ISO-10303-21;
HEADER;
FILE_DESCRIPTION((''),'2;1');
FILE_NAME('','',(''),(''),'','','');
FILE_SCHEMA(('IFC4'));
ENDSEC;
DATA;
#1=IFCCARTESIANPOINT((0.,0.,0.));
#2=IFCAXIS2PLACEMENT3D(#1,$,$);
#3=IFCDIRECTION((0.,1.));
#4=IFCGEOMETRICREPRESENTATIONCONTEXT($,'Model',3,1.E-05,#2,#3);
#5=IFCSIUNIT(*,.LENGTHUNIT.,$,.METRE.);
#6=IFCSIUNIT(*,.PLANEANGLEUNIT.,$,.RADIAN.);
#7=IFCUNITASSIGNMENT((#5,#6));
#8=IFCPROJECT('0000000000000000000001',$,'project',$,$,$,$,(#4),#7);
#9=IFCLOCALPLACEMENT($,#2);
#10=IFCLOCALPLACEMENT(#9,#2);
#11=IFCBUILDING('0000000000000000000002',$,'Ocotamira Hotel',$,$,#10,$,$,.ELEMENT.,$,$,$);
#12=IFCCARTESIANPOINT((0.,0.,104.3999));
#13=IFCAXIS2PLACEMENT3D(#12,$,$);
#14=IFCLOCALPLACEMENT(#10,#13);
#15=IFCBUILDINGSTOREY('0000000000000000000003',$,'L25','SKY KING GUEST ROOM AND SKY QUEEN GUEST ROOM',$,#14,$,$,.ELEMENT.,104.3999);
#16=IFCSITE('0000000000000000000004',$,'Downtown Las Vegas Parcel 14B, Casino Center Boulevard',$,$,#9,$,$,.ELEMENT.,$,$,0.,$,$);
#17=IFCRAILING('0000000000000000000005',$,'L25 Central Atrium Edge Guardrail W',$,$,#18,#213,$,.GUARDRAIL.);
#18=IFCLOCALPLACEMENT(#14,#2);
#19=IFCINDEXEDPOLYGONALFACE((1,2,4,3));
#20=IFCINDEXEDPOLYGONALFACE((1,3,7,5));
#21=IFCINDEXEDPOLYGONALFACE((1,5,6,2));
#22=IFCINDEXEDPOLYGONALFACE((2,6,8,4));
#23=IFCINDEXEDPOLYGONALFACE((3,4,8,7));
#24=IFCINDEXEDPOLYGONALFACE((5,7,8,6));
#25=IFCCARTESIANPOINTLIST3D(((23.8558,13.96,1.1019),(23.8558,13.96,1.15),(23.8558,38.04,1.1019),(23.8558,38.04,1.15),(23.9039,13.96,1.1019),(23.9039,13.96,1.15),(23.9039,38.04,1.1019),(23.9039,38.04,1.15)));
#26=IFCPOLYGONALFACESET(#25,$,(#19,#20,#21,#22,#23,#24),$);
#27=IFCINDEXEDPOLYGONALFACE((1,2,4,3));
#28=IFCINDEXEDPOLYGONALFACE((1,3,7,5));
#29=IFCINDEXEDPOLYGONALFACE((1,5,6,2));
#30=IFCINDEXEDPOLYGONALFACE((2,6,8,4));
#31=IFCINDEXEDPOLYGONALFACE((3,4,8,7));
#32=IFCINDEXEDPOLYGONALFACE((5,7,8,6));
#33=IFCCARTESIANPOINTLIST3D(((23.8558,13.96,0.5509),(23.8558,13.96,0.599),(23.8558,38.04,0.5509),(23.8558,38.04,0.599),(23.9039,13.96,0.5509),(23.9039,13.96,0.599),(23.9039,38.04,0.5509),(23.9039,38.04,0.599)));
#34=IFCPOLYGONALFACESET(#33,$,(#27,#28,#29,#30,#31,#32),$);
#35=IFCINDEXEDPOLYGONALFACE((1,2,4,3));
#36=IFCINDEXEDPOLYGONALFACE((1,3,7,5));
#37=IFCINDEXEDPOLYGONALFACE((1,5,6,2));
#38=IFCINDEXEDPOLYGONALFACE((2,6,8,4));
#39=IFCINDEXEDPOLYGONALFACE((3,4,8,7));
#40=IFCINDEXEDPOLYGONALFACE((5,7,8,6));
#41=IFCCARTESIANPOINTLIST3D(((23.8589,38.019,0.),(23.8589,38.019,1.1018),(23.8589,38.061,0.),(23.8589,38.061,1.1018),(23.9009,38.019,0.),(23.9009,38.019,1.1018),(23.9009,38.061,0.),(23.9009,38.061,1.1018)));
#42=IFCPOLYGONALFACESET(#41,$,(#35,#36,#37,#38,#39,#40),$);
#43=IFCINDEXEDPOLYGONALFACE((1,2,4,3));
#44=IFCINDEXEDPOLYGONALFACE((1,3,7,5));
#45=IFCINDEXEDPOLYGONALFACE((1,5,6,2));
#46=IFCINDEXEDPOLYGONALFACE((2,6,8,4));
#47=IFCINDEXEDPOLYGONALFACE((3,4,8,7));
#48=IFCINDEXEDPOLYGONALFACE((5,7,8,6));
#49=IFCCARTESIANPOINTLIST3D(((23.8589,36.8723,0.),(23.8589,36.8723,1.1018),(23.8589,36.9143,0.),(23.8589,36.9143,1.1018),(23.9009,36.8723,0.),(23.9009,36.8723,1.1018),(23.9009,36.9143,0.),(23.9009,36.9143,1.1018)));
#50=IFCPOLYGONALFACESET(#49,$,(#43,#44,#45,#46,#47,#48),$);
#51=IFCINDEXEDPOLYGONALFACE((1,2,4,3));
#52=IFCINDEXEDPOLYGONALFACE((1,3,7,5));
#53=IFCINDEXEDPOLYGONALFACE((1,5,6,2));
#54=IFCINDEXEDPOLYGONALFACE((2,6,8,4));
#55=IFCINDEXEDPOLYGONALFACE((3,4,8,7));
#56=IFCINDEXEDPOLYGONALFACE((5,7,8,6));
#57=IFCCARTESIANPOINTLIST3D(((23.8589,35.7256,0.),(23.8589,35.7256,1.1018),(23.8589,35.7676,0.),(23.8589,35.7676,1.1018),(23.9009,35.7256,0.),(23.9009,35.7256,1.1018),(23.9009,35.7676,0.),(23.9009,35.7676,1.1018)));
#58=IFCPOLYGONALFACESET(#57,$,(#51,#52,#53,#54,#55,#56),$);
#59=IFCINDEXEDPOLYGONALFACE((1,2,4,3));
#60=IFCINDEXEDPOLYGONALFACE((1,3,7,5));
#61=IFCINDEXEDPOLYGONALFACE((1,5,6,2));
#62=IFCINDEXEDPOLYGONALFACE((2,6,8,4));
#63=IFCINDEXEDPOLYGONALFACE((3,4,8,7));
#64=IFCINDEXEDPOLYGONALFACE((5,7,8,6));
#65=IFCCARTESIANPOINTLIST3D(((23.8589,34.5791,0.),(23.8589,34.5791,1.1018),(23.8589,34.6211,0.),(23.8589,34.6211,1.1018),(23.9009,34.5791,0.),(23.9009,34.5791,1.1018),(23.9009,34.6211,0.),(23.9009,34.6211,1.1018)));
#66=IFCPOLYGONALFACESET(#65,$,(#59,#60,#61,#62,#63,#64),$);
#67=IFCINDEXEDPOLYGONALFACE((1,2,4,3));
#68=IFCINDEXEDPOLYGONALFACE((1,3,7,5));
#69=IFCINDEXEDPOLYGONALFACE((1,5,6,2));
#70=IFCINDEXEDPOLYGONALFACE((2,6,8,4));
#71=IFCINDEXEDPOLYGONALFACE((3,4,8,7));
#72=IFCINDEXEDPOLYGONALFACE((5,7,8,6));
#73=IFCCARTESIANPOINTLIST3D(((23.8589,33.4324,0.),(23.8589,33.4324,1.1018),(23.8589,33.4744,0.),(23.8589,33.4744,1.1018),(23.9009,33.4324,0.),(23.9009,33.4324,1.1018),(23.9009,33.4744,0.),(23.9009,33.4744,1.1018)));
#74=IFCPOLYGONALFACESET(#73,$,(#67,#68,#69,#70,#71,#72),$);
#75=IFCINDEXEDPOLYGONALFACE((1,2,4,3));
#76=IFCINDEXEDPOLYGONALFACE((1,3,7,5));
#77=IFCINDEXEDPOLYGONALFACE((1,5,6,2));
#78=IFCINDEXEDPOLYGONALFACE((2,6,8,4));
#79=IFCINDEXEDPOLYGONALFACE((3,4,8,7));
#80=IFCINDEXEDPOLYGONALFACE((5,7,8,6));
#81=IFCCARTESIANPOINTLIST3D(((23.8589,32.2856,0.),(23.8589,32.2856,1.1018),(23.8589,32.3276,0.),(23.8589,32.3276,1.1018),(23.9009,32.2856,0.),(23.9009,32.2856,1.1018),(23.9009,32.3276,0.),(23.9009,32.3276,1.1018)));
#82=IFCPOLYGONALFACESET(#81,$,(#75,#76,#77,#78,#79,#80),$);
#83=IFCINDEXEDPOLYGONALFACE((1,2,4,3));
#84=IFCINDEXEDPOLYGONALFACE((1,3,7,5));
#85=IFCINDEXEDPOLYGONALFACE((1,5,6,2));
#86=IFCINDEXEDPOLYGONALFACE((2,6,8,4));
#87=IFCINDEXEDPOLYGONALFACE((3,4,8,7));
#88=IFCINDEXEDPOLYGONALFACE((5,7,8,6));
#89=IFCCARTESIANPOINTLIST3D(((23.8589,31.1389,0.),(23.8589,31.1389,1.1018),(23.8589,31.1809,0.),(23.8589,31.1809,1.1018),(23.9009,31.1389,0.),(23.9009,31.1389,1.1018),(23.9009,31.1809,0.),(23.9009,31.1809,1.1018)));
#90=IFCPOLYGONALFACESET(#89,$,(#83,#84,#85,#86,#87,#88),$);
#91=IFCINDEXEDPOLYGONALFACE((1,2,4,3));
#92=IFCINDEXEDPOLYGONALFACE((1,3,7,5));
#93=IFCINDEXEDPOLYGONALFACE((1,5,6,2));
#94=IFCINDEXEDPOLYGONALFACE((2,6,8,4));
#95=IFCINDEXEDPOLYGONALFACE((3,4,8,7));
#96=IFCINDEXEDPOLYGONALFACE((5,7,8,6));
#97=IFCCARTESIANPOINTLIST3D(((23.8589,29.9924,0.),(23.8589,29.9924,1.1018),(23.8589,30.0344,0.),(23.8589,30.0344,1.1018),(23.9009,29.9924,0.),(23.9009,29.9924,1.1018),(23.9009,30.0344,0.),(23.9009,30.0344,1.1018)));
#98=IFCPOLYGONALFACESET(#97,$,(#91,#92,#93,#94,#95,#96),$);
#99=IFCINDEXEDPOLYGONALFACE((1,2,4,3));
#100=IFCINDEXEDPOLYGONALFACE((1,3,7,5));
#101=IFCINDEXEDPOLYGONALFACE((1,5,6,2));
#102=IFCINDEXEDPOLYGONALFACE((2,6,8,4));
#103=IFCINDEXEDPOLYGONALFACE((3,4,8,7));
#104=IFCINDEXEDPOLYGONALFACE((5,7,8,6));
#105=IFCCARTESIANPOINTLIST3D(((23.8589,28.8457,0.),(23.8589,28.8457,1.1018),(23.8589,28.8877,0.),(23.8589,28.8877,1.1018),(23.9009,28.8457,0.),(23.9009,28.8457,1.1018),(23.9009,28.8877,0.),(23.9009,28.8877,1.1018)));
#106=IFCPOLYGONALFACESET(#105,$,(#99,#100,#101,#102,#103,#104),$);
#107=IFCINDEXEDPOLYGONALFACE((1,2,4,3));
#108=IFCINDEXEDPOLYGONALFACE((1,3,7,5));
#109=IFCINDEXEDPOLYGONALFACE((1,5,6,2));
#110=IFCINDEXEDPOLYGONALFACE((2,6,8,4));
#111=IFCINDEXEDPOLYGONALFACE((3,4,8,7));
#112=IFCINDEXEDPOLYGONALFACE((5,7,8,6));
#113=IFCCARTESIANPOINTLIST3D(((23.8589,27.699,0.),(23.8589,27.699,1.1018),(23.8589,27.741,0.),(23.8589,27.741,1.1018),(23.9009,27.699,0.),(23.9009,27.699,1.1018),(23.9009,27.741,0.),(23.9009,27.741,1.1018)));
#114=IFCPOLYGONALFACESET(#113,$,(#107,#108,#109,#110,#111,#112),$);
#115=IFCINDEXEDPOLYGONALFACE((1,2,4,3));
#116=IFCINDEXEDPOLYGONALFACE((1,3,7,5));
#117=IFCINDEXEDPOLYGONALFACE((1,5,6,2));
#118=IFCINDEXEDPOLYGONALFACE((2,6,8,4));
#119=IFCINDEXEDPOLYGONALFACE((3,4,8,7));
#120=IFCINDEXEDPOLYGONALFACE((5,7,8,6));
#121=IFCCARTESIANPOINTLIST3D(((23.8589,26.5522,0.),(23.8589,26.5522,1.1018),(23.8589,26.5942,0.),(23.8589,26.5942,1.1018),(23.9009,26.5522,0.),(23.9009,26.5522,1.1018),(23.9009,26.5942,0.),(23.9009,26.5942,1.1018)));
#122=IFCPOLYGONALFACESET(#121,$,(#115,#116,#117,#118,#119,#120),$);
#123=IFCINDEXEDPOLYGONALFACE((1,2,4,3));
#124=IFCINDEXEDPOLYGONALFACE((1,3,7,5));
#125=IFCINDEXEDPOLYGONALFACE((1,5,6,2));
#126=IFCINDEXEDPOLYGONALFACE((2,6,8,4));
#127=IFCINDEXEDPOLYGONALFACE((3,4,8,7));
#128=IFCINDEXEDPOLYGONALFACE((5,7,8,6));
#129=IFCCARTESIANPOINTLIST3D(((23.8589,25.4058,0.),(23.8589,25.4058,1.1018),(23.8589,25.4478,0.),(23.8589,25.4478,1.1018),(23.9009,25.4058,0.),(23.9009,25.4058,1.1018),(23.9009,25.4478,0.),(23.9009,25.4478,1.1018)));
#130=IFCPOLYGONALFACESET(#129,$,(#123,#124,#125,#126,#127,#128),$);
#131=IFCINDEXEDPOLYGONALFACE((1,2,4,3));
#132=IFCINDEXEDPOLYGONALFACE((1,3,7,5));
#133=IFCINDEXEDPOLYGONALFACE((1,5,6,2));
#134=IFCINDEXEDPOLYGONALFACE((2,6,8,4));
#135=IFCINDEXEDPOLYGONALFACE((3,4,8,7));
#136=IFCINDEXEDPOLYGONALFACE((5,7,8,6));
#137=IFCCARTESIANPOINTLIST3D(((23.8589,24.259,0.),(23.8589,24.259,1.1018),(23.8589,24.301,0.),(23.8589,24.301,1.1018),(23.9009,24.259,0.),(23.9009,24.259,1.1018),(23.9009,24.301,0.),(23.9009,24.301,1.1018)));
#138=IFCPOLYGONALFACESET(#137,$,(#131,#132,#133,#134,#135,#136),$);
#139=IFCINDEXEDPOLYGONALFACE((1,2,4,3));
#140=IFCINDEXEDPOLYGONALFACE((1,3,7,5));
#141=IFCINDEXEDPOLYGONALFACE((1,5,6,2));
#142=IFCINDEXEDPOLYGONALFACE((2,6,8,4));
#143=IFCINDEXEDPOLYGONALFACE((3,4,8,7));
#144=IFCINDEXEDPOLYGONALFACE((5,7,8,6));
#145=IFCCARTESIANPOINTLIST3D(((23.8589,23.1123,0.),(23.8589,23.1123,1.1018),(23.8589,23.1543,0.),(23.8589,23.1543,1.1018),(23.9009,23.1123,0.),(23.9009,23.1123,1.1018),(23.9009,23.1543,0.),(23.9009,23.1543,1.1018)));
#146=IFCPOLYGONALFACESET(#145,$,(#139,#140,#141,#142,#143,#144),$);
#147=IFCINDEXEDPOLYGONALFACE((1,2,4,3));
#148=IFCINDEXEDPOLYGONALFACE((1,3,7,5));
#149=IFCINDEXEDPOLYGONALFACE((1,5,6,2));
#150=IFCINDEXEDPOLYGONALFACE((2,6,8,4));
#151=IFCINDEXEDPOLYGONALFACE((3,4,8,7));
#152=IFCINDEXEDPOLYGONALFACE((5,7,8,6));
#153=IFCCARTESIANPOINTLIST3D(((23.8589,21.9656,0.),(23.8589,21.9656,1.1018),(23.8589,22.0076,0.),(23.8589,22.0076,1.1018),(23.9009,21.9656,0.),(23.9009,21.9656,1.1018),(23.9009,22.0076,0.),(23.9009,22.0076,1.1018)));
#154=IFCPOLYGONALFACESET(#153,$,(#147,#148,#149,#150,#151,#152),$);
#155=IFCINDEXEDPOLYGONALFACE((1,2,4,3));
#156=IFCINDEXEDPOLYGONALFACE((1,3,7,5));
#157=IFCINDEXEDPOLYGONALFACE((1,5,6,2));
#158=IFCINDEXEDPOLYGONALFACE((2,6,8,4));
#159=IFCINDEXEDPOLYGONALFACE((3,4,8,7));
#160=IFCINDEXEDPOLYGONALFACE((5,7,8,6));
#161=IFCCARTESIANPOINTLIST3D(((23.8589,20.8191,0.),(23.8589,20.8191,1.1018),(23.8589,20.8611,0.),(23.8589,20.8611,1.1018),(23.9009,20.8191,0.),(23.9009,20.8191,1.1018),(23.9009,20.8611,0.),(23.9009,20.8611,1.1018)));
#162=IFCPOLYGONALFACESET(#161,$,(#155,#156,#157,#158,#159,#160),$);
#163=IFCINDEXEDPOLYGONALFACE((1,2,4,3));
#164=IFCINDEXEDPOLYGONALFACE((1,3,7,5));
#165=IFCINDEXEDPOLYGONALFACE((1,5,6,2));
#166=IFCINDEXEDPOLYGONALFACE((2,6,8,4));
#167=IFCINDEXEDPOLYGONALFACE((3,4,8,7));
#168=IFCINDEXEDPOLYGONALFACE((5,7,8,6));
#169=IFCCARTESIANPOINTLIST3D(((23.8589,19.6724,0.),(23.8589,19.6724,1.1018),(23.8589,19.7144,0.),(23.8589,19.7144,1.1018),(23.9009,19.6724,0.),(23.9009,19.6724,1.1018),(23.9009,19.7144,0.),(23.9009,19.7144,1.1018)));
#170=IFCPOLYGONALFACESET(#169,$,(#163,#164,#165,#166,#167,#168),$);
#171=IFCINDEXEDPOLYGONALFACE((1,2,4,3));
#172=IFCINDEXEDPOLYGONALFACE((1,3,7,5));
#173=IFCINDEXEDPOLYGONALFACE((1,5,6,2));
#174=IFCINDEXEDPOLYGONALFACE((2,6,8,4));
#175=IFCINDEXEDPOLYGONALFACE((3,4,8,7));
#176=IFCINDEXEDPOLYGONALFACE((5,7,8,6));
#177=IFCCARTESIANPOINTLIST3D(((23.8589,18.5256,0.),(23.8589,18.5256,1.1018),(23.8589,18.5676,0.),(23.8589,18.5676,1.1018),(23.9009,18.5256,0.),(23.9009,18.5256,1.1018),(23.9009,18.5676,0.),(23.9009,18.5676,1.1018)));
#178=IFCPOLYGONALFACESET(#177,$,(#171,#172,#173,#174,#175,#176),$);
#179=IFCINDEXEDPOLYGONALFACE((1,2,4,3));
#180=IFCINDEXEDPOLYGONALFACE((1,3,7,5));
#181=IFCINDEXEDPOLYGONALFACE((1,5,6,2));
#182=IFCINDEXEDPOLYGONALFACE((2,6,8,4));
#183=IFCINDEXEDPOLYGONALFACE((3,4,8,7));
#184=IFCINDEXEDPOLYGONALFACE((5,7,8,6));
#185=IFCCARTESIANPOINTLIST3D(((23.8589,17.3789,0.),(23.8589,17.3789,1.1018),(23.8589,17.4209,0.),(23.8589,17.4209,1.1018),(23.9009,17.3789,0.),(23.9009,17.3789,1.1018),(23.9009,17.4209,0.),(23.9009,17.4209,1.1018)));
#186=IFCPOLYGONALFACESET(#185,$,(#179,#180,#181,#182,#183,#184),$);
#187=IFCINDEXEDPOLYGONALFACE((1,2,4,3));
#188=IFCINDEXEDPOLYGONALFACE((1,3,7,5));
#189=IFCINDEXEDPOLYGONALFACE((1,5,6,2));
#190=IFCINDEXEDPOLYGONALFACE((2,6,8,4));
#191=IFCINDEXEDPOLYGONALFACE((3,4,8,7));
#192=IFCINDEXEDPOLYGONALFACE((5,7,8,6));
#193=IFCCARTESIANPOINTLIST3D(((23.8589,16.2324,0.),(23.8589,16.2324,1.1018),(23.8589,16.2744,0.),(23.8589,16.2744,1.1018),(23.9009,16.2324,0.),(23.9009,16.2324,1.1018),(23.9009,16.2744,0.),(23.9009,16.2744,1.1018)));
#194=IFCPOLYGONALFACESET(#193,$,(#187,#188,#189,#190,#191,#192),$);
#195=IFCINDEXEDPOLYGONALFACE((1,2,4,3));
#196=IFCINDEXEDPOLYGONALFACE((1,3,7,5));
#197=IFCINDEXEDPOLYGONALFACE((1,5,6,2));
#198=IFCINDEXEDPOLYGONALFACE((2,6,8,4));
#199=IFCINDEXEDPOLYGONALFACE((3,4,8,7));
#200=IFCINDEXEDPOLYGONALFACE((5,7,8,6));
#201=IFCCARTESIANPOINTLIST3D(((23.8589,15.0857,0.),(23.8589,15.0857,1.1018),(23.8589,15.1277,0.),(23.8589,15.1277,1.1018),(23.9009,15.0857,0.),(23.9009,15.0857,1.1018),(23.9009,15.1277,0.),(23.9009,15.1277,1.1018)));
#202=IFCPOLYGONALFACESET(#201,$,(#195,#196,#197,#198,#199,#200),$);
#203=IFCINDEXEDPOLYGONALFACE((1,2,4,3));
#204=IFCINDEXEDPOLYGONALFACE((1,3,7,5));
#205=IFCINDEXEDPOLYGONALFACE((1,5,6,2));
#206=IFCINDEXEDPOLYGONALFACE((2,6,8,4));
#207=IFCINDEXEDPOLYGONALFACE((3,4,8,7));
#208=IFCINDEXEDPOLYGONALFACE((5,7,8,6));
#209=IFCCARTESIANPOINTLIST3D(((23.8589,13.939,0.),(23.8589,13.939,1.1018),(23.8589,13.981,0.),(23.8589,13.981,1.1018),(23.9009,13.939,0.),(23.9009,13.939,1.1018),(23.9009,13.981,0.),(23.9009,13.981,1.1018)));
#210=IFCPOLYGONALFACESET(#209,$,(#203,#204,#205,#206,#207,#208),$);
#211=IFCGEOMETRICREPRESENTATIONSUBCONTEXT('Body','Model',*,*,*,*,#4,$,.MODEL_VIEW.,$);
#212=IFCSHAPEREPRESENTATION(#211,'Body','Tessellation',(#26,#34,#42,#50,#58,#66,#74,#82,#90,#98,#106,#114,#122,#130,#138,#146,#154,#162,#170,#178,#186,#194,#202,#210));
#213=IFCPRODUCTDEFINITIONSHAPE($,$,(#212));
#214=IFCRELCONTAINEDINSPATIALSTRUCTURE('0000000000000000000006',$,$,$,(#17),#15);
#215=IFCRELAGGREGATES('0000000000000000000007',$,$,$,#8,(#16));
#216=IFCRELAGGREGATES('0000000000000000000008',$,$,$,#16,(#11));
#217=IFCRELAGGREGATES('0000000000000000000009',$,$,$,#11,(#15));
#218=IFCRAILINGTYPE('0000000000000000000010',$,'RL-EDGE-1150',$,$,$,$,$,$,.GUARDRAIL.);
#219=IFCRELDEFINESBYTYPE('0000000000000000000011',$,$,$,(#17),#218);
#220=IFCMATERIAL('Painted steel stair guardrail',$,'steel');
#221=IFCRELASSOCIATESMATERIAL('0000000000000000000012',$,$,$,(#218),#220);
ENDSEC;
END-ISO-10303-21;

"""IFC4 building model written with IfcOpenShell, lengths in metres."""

from ifc_helpers import new_model, si_unit, direction, frame, origin, origin_2d, place, context, subcontext, project, spatial, rectangle, extrude, material, type_object, element, save


model = new_model("IFC4")

# Units and contexts
model_context = context("Model", 3, precision=1e-05, world=origin(), true_north=direction((0.0, 1.0)))
body_context = subcontext(model_context, "Body", "Model", "MODEL_VIEW")
ifc_project = project(units=[si_unit("LENGTHUNIT", "METRE"), si_unit("PLANEANGLEUNIT", "RADIAN")], contexts=[model_context])

# Site, building, storey
site_placement = place(None, origin())
site = spatial("IfcSite", under=ifc_project, at=site_placement, Name="Downtown Las Vegas Parcel 14B, Casino Center Boulevard", CompositionType="ELEMENT", RefElevation=0.0)
building_placement = place(site_placement, origin())
building = spatial("IfcBuilding", under=site, at=building_placement, Name="Ocotamira Hotel", CompositionType="ELEMENT")
storey_placement = place(building_placement, frame((0.0, 0.0, 104.3999)))
storey = spatial("IfcBuildingStorey", under=building, at=storey_placement, Name="L25", Description="SKY KING GUEST ROOM AND SKY QUEEN GUEST ROOM", CompositionType="ELEMENT", Elevation=104.3999)

# Railing
ifc_material_1 = material(Name="Painted steel stair guardrail", Category="steel")
railing_type = type_object("IfcRailingType", Name="RL-EDGE-1150", PredefinedType="GUARDRAIL", material=ifc_material_1)
railing_placement = place(storey_placement, frame((23.8799, 38.04, 0.0)))
element("IfcRailing", 1, at=railing_placement, inside=storey, type_object=railing_type, Name="L25 Central Atrium Edge Guardrail W", PredefinedType="GUARDRAIL", context=body_context, shape_type="SweptSolid", body=[
    extrude(rectangle(XDim=0.0481, YDim=0.0481, at=origin_2d()), frame((0.0, 0.0, 1.126), z_axis=(0.0, -1.0, 0.0), x_axis=(1.0, 0.0, 0.0)), (0.0, 0.0, 1.0), 24.0801),
    extrude(rectangle(XDim=0.0481, YDim=0.0481, at=origin_2d()), frame((0.0, 0.0, 0.575), z_axis=(0.0, -1.0, 0.0), x_axis=(1.0, 0.0, 0.0)), (0.0, 0.0, 1.0), 24.0801),
    extrude(rectangle(XDim=0.042, YDim=0.042, at=origin_2d()), origin(), (0.0, 0.0, 1.0), 1.1018),
    extrude(rectangle(XDim=0.042, YDim=0.042, at=origin_2d()), frame((0.0, -1.1467, 0.0)), (0.0, 0.0, 1.0), 1.1018),
    extrude(rectangle(XDim=0.042, YDim=0.042, at=origin_2d()), frame((0.0, -2.2935, 0.0)), (0.0, 0.0, 1.0), 1.1018),
    extrude(rectangle(XDim=0.042, YDim=0.042, at=origin_2d()), frame((0.0, -3.4399, 0.0)), (0.0, 0.0, 1.0), 1.1018),
    extrude(rectangle(XDim=0.042, YDim=0.042, at=origin_2d()), frame((0.0, -4.5867, 0.0)), (0.0, 0.0, 1.0), 1.1018),
    extrude(rectangle(XDim=0.042, YDim=0.042, at=origin_2d()), frame((0.0, -5.7334, 0.0)), (0.0, 0.0, 1.0), 1.1018),
    extrude(rectangle(XDim=0.042, YDim=0.042, at=origin_2d()), frame((0.0, -6.8801, 0.0)), (0.0, 0.0, 1.0), 1.1018),
    extrude(rectangle(XDim=0.042, YDim=0.042, at=origin_2d()), frame((0.0, -8.0266, 0.0)), (0.0, 0.0, 1.0), 1.1018),
    extrude(rectangle(XDim=0.042, YDim=0.042, at=origin_2d()), frame((0.0, -9.1733, 0.0)), (0.0, 0.0, 1.0), 1.1018),
    extrude(rectangle(XDim=0.042, YDim=0.042, at=origin_2d()), frame((0.0, -10.3201, 0.0)), (0.0, 0.0, 1.0), 1.1018),
    extrude(rectangle(XDim=0.042, YDim=0.042, at=origin_2d()), frame((0.0, -11.4668, 0.0)), (0.0, 0.0, 1.0), 1.1018),
    extrude(rectangle(XDim=0.042, YDim=0.042, at=origin_2d()), frame((0.0, -12.6133, 0.0)), (0.0, 0.0, 1.0), 1.1018),
    extrude(rectangle(XDim=0.042, YDim=0.042, at=origin_2d()), frame((0.0, -13.76, 0.0)), (0.0, 0.0, 1.0), 1.1018),
    extrude(rectangle(XDim=0.042, YDim=0.042, at=origin_2d()), frame((0.0, -14.9067, 0.0)), (0.0, 0.0, 1.0), 1.1018),
    extrude(rectangle(XDim=0.042, YDim=0.042, at=origin_2d()), frame((0.0, -16.0535, 0.0)), (0.0, 0.0, 1.0), 1.1018),
    extrude(rectangle(XDim=0.042, YDim=0.042, at=origin_2d()), frame((0.0, -17.2, 0.0)), (0.0, 0.0, 1.0), 1.1018),
    extrude(rectangle(XDim=0.042, YDim=0.042, at=origin_2d()), frame((0.0, -18.3467, 0.0)), (0.0, 0.0, 1.0), 1.1018),
    extrude(rectangle(XDim=0.042, YDim=0.042, at=origin_2d()), frame((0.0, -19.4934, 0.0)), (0.0, 0.0, 1.0), 1.1018),
    extrude(rectangle(XDim=0.042, YDim=0.042, at=origin_2d()), frame((0.0, -20.6401, 0.0)), (0.0, 0.0, 1.0), 1.1018),
    extrude(rectangle(XDim=0.042, YDim=0.042, at=origin_2d()), frame((0.0, -21.7866, 0.0)), (0.0, 0.0, 1.0), 1.1018),
    extrude(rectangle(XDim=0.042, YDim=0.042, at=origin_2d()), frame((0.0, -22.9333, 0.0)), (0.0, 0.0, 1.0), 1.1018),
    extrude(rectangle(XDim=0.042, YDim=0.042, at=origin_2d()), frame((0.0, -24.0801, 0.0)), (0.0, 0.0, 1.0), 1.1018),
])

save(model, "model.ifc")
